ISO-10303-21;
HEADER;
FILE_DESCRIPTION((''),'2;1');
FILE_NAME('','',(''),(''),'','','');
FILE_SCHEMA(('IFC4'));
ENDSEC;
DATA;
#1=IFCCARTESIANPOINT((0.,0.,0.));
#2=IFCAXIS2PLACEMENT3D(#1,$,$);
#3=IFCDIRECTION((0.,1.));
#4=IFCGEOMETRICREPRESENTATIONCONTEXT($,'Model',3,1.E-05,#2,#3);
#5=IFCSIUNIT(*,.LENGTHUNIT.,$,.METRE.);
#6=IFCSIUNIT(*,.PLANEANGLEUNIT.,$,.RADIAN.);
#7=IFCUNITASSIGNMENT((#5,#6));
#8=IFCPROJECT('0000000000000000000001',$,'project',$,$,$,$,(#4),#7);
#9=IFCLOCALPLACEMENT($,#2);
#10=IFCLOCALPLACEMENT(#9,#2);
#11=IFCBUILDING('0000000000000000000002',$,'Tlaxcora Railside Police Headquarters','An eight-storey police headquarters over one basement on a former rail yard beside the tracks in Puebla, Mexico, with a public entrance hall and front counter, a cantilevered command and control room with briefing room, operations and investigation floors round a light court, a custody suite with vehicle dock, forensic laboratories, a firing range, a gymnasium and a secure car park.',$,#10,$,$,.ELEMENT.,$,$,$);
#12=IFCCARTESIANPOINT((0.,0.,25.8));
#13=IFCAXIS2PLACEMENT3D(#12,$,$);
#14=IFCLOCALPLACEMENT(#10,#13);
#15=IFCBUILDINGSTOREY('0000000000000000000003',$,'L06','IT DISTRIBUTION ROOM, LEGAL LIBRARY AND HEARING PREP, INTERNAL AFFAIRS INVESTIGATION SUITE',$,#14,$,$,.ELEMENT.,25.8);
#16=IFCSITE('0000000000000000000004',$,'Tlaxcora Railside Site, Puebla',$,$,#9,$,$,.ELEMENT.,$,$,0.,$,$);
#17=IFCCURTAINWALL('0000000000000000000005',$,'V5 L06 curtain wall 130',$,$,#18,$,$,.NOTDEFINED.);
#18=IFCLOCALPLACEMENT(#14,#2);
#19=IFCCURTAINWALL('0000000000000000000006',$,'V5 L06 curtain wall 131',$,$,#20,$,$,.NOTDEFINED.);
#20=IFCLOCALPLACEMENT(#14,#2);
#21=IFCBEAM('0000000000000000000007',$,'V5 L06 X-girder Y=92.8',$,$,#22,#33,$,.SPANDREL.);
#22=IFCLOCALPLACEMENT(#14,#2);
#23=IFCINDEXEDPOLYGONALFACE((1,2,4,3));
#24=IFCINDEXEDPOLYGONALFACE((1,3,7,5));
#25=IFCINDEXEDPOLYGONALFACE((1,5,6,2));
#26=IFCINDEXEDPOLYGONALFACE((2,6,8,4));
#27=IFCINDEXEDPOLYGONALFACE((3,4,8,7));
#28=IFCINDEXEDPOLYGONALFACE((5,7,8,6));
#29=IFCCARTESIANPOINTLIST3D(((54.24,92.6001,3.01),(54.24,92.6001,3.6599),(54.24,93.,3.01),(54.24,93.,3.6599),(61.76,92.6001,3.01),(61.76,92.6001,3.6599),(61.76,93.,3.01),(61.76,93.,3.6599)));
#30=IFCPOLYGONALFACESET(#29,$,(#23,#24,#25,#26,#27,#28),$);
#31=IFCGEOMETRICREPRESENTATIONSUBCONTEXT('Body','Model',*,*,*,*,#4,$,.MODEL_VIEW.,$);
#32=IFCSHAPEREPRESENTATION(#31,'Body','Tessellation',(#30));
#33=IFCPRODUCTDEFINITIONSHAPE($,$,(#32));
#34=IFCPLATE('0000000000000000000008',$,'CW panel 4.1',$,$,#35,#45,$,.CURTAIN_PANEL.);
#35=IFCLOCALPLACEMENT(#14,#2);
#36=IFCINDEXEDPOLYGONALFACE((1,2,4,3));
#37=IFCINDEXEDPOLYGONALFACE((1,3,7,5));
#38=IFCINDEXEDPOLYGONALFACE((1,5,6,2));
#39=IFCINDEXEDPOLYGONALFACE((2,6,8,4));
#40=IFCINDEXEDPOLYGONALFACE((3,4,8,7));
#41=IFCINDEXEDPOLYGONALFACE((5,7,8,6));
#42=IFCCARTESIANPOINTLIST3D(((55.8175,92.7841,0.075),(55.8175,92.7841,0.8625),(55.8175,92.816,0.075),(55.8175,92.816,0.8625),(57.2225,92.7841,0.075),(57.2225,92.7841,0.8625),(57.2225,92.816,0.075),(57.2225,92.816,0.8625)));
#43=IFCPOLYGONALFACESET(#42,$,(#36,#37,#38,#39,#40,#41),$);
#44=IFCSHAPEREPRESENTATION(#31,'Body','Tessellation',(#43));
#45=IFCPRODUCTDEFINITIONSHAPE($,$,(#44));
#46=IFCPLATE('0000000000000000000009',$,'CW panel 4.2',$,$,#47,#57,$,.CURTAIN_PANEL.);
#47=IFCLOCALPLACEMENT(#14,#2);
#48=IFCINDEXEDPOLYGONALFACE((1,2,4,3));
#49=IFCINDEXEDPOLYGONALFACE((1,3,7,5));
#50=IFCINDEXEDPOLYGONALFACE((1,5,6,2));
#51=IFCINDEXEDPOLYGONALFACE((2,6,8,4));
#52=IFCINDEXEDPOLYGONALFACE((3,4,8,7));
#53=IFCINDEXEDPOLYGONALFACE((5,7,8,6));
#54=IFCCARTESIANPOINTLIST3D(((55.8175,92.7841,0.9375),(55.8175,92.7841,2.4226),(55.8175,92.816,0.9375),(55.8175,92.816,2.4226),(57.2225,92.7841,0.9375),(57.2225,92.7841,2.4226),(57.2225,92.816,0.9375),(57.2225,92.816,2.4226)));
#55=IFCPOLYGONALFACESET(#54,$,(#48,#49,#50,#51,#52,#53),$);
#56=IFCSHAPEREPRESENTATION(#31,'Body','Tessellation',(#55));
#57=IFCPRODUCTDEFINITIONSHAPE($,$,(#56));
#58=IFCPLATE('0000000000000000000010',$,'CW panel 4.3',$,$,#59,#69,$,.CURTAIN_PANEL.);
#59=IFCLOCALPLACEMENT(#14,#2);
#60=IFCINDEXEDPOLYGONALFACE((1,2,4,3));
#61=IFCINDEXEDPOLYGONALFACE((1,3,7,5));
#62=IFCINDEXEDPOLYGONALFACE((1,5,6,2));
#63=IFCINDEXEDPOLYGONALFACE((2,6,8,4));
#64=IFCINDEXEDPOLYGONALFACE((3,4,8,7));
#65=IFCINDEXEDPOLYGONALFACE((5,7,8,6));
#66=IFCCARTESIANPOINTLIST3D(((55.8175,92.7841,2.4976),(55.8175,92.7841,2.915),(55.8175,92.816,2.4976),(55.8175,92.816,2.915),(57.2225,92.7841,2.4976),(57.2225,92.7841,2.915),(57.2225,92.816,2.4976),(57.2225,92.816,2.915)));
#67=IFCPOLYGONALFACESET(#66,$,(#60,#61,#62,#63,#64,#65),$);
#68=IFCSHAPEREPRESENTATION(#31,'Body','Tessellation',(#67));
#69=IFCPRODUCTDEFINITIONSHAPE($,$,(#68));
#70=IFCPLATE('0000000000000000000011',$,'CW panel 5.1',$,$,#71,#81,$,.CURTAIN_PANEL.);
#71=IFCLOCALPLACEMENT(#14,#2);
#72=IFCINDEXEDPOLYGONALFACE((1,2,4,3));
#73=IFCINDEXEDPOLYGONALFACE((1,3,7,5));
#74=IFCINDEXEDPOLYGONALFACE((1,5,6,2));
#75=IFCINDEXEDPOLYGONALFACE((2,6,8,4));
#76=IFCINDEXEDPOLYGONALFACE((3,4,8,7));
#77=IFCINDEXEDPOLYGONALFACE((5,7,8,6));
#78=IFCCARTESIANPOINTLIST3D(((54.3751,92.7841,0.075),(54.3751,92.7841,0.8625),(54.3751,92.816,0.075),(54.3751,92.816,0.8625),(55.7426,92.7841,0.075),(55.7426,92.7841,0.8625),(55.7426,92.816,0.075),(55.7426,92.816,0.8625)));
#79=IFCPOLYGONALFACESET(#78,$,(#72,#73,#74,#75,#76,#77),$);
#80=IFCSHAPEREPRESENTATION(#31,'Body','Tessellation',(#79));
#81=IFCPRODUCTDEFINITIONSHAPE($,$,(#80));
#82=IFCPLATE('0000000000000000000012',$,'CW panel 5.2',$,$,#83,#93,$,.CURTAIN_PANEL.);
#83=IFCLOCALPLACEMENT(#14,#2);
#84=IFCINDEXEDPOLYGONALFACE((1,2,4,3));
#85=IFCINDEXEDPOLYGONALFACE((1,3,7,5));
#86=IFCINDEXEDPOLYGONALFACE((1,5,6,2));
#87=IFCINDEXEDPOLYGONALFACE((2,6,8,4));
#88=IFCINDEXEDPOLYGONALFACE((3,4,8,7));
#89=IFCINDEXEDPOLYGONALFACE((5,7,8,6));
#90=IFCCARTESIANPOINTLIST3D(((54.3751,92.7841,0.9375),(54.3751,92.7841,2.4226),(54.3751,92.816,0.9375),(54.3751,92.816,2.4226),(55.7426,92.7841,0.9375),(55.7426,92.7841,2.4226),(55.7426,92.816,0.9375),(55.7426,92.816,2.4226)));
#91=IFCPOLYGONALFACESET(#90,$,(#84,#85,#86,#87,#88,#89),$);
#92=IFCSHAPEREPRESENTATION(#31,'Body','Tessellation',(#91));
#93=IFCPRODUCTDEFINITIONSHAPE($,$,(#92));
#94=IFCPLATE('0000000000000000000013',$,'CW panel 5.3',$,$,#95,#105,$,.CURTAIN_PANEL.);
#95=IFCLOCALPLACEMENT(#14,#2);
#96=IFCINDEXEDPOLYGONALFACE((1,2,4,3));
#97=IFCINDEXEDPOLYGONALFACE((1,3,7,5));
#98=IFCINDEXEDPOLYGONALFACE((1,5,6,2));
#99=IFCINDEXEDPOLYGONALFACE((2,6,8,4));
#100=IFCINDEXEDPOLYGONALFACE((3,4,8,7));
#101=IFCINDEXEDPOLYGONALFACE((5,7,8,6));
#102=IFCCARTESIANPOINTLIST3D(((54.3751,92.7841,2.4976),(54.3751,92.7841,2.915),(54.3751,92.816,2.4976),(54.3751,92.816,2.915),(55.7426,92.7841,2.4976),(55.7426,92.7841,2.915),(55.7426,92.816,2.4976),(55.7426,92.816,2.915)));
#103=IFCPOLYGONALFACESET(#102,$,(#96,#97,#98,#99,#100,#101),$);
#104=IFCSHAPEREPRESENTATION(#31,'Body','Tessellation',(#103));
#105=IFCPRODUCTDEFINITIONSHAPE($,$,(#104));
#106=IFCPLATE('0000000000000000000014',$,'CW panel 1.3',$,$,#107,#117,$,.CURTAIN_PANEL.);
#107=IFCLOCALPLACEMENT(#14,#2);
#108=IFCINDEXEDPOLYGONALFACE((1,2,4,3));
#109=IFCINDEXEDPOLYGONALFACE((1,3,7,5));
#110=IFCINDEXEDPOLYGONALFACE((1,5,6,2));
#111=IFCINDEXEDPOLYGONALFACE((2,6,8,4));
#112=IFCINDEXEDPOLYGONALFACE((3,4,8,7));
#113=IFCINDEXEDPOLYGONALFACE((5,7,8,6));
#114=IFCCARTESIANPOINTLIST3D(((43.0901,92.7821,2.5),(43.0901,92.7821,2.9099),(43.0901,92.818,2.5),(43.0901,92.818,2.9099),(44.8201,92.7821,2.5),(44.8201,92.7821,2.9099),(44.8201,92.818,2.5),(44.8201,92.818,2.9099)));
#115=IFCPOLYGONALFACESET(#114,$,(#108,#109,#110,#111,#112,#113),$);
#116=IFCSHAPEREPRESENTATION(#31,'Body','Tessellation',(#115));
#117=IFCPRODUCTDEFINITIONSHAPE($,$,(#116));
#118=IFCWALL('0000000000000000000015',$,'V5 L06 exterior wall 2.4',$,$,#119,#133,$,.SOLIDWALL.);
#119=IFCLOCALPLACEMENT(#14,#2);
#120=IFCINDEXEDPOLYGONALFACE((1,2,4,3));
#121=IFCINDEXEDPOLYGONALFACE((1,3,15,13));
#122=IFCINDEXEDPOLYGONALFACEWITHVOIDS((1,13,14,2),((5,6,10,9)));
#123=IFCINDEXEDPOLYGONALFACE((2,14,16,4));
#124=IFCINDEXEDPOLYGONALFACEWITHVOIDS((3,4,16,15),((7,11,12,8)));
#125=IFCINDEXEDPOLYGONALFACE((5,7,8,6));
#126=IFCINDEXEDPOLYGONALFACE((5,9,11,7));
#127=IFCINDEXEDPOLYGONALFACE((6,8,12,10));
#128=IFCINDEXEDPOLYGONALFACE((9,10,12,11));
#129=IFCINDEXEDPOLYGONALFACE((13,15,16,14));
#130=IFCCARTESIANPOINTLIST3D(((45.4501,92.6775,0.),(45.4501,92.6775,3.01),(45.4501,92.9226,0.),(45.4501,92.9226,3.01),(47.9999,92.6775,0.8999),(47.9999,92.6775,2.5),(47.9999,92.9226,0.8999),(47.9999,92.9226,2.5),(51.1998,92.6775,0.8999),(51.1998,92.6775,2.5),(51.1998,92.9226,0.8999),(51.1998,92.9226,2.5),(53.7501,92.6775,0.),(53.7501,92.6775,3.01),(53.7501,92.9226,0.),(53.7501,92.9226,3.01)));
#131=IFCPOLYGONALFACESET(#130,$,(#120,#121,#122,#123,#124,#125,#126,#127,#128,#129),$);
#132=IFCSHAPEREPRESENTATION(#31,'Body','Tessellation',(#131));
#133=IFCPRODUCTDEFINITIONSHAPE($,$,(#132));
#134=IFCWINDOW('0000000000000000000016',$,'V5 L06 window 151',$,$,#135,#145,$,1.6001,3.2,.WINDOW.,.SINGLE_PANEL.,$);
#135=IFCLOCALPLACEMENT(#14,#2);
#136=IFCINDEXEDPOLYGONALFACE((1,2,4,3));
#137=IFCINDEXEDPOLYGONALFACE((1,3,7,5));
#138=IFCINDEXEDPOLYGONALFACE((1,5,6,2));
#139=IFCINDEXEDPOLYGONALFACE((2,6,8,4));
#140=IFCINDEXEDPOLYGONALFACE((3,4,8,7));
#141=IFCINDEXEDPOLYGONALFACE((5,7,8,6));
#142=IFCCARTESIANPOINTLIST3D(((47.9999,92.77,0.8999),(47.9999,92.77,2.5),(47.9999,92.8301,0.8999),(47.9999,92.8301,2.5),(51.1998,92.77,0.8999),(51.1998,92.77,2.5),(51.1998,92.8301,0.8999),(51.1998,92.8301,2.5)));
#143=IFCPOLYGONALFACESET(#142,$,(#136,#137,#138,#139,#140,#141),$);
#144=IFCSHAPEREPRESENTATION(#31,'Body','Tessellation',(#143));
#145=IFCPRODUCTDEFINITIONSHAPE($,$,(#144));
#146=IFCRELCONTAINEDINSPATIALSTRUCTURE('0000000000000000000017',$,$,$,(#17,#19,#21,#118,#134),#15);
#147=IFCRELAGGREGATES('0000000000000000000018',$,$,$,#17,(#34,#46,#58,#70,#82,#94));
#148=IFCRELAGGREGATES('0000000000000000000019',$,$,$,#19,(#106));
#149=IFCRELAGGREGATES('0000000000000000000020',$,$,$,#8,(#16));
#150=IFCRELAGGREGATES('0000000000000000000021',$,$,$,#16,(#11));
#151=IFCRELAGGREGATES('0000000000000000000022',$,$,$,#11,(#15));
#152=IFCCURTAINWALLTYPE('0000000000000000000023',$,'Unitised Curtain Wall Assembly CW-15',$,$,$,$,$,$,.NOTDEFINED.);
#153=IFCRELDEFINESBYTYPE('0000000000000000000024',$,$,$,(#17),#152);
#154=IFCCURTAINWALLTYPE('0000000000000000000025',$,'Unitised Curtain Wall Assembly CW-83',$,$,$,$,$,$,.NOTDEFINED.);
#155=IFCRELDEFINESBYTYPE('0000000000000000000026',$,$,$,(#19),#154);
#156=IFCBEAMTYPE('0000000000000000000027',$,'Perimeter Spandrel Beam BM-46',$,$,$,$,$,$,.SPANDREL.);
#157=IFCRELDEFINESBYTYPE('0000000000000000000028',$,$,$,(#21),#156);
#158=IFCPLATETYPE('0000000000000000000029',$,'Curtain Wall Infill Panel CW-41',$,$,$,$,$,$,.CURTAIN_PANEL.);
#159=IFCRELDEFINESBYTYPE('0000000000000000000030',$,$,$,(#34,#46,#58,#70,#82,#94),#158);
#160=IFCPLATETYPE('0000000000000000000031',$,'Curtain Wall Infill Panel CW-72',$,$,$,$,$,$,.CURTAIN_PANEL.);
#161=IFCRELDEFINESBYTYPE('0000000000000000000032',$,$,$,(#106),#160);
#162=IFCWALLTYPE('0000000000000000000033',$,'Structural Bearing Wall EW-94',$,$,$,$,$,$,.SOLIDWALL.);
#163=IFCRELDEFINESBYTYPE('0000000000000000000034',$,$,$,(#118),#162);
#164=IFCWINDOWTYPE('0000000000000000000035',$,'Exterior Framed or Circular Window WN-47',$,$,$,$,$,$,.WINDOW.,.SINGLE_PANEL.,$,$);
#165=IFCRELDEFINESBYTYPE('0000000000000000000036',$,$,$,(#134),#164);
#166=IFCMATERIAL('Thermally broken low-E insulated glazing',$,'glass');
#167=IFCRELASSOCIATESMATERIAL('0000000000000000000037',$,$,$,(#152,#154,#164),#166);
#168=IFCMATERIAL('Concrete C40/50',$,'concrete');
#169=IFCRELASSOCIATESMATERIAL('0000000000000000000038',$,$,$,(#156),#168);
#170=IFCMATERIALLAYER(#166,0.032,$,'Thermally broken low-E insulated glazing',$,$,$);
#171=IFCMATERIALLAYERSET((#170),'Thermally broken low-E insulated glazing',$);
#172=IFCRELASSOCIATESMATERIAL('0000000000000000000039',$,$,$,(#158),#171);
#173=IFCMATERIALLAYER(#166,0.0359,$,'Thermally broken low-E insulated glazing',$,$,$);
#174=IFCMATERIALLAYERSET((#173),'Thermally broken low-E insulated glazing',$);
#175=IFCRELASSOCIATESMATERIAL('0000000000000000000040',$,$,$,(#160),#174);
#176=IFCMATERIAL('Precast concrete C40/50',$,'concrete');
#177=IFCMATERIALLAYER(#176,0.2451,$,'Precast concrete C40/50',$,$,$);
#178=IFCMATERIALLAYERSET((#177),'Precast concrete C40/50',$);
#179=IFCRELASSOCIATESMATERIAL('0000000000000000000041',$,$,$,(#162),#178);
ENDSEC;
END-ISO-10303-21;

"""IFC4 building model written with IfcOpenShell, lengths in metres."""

from ifc_helpers import new_model, si_unit, direction, frame, frame_2d, origin, origin_2d, place, context, subcontext, project, spatial, rectangle, extrude, material, layer, layer_set, material_profile, profile_set, type_object, element, fill, aggregate, save


model = new_model("IFC4")

# Units and contexts
model_context = context("Model", 3, precision=1e-05, world=origin(), true_north=direction((0.0, 1.0)))
body_context = subcontext(model_context, "Body", "Model", "MODEL_VIEW")
ifc_project = project(units=[si_unit("LENGTHUNIT", "METRE"), si_unit("PLANEANGLEUNIT", "RADIAN")], contexts=[model_context])

# Site, building, storey
site_placement = place(None, origin())
site = spatial("IfcSite", under=ifc_project, at=site_placement, Name="Tlaxcora Railside Site, Puebla", CompositionType="ELEMENT", RefElevation=0.0)
building_placement = place(site_placement, origin())
building = spatial("IfcBuilding", under=site, at=building_placement, Name="Tlaxcora Railside Police Headquarters", Description="An eight-storey police headquarters over one basement on a former rail yard beside the tracks in Puebla, Mexico, with a public entrance hall and front counter, a cantilevered command and control room with briefing room, operations and investigation floors round a light court, a custody suite with vehicle dock, forensic laboratories, a firing range, a gymnasium and a secure car park.", CompositionType="ELEMENT")
storey_placement = place(building_placement, frame((0.0, 0.0, 25.8)))
storey = spatial("IfcBuildingStorey", under=building, at=storey_placement, Name="L06", Description="IT DISTRIBUTION ROOM, LEGAL LIBRARY AND HEARING PREP, INTERNAL AFFAIRS INVESTIGATION SUITE", CompositionType="ELEMENT", Elevation=25.8)

# Shared definitions
ifc_material_1 = material(Name="Concrete C40/50", Category="concrete")

# Curtain wall
ifc_material_2 = material(Name="Thermally broken low-E insulated glazing", Category="glass")
curtain_wall_type_1 = type_object("IfcCurtainWallType", Name="Unitised Curtain Wall Assembly CW-15", PredefinedType="NOTDEFINED", material=ifc_material_2)
curtain_wall_1_placement = place(storey_placement, origin())
curtain_wall_1 = element("IfcCurtainWall", 1, at=curtain_wall_1_placement, inside=storey, type_object=curtain_wall_type_1, Name="V5 L06 curtain wall 130", PredefinedType="NOTDEFINED")

# Curtain wall
curtain_wall_type_2 = type_object("IfcCurtainWallType", Name="Unitised Curtain Wall Assembly CW-83", PredefinedType="NOTDEFINED", material=ifc_material_2)
curtain_wall_2_placement = place(storey_placement, origin())
curtain_wall_2 = element("IfcCurtainWall", 2, at=curtain_wall_2_placement, inside=storey, type_object=curtain_wall_type_2, Name="V5 L06 curtain wall 131", PredefinedType="NOTDEFINED")

# Beam
ifc_material_profile_1 = material_profile(ifc_material_1, rectangle(XDim=0.3999, YDim=0.6499, at=origin_2d()), Name="RC400X650")
ifc_profile_set_1 = profile_set([ifc_material_profile_1], Name="Concrete C40/50")
beam_type = type_object("IfcBeamType", Name="Perimeter Spandrel Beam BM-46", PredefinedType="SPANDREL", material=ifc_profile_set_1)
beam_1_placement = place(storey_placement, frame((54.24, 92.8, 3.335), z_axis=(1.0, 0.0, 0.0), x_axis=(0.0, 1.0, 0.0)))
element("IfcBeam", 3, at=beam_1_placement, inside=storey, type_object=beam_type, Name="V5 L06 X-girder Y=92.8", PredefinedType="SPANDREL", context=body_context, shape_type="SweptSolid", body=[
    extrude(rectangle(XDim=0.3999, YDim=0.6499, at=origin_2d()), origin(), (0.0, 0.0, 1.0), 7.52),
])

# Plates
ifc_layer_1 = layer(ifc_material_2, 0.032, Name="Thermally broken low-E insulated glazing")
ifc_layer_set_1 = layer_set([ifc_layer_1], Name="Thermally broken low-E insulated glazing")
plate_type_1 = type_object("IfcPlateType", Name="Curtain Wall Infill Panel CW-41", PredefinedType="CURTAIN_PANEL", material=ifc_layer_set_1)
plate_1_placement = place(storey_placement, frame((56.52, 92.8, 0.075), z_axis=(0.0, 0.0, 1.0), x_axis=(-1.0, 0.0, 0.0)))
plate_1 = element("IfcPlate", 4, at=plate_1_placement, type_object=plate_type_1, Name="CW panel 4.1", PredefinedType="CURTAIN_PANEL", context=body_context, shape_type="SweptSolid", body=[
    extrude(rectangle(XDim=1.405, YDim=0.032, at=origin_2d()), origin(), (0.0, 0.0, 1.0), 0.7876),
])
plate_2_placement = place(storey_placement, frame((56.52, 92.8, 0.9375), z_axis=(0.0, 0.0, 1.0), x_axis=(-1.0, 0.0, 0.0)))
plate_2 = element("IfcPlate", 5, at=plate_2_placement, type_object=plate_type_1, Name="CW panel 4.2", PredefinedType="CURTAIN_PANEL", context=body_context, shape_type="SweptSolid", body=[
    extrude(rectangle(XDim=1.405, YDim=0.032, at=origin_2d()), origin(), (0.0, 0.0, 1.0), 1.4851),
])
plate_3_placement = place(storey_placement, frame((56.52, 92.8, 2.4976), z_axis=(0.0, 0.0, 1.0), x_axis=(-1.0, 0.0, 0.0)))
plate_3 = element("IfcPlate", 6, at=plate_3_placement, type_object=plate_type_1, Name="CW panel 4.3", PredefinedType="CURTAIN_PANEL", context=body_context, shape_type="SweptSolid", body=[
    extrude(rectangle(XDim=1.405, YDim=0.032, at=origin_2d()), origin(), (0.0, 0.0, 1.0), 0.4175),
])
plate_4_placement = place(storey_placement, frame((55.0588, 92.8, 0.075), z_axis=(0.0, 0.0, 1.0), x_axis=(-1.0, 0.0, 0.0)))
plate_4 = element("IfcPlate", 7, at=plate_4_placement, type_object=plate_type_1, Name="CW panel 5.1", PredefinedType="CURTAIN_PANEL", context=body_context, shape_type="SweptSolid", body=[
    extrude(rectangle(XDim=1.3674, YDim=0.032, at=origin_2d()), origin(), (0.0, 0.0, 1.0), 0.7876),
])
plate_5_placement = place(storey_placement, frame((55.0588, 92.8, 0.9375), z_axis=(0.0, 0.0, 1.0), x_axis=(-1.0, 0.0, 0.0)))
plate_5 = element("IfcPlate", 8, at=plate_5_placement, type_object=plate_type_1, Name="CW panel 5.2", PredefinedType="CURTAIN_PANEL", context=body_context, shape_type="SweptSolid", body=[
    extrude(rectangle(XDim=1.3674, YDim=0.032, at=origin_2d()), origin(), (0.0, 0.0, 1.0), 1.4851),
])
plate_6_placement = place(storey_placement, frame((55.0588, 92.8, 2.4976), z_axis=(0.0, 0.0, 1.0), x_axis=(-1.0, 0.0, 0.0)))
plate_6 = element("IfcPlate", 9, at=plate_6_placement, type_object=plate_type_1, Name="CW panel 5.3", PredefinedType="CURTAIN_PANEL", context=body_context, shape_type="SweptSolid", body=[
    extrude(rectangle(XDim=1.3674, YDim=0.032, at=origin_2d()), origin(), (0.0, 0.0, 1.0), 0.4175),
])
aggregate(curtain_wall_1, [plate_1, plate_2, plate_3, plate_4, plate_5, plate_6])
ifc_layer_2 = layer(ifc_material_2, 0.0359, Name="Thermally broken low-E insulated glazing")
ifc_layer_set_2 = layer_set([ifc_layer_2], Name="Thermally broken low-E insulated glazing")
plate_type_2 = type_object("IfcPlateType", Name="Curtain Wall Infill Panel CW-72", PredefinedType="CURTAIN_PANEL", material=ifc_layer_set_2)
plate_7_placement = place(storey_placement, frame((43.9551, 92.8, 2.5), z_axis=(0.0, 0.0, 1.0), x_axis=(-1.0, 0.0, 0.0)))
plate_7 = element("IfcPlate", 10, at=plate_7_placement, type_object=plate_type_2, Name="CW panel 1.3", PredefinedType="CURTAIN_PANEL", context=body_context, shape_type="SweptSolid", body=[
    extrude(rectangle(XDim=1.73, YDim=0.0359, at=origin_2d()), origin(), (0.0, 0.0, 1.0), 0.4099),
])
aggregate(curtain_wall_2, [plate_7])

# Wall, opening, window
ifc_material_3 = material(Name="Precast concrete C40/50", Category="concrete")
ifc_layer_3 = layer(ifc_material_3, 0.2451, Name="Precast concrete C40/50")
ifc_layer_set_3 = layer_set([ifc_layer_3], Name="Precast concrete C40/50")
wall_type = type_object("IfcWallType", Name="Structural Bearing Wall EW-94", PredefinedType="SOLIDWALL", material=ifc_layer_set_3)
wall_placement = place(storey_placement, frame((53.75, 92.8, 0.0), z_axis=(0.0, 0.0, 1.0), x_axis=(-1.0, 0.0, 0.0)))
wall = element("IfcWall", 11, at=wall_placement, inside=storey, type_object=wall_type, Name="V5 L06 exterior wall 2.4", PredefinedType="SOLIDWALL", context=body_context, shape_type="SweptSolid", body=[
    extrude(rectangle(XDim=8.3, YDim=0.2451, at=frame_2d((4.1499, 0.0))), origin(), (0.0, 0.0, 1.0), 3.01),
])
opening_placement = place(wall_placement, frame((2.55, 0.0, 0.8999)))
opening = element("IfcOpeningElement", 12, at=opening_placement, cuts=wall, PredefinedType="OPENING", context=body_context, shape_type="SweptSolid", body=[
    extrude(rectangle(XDim=3.2, YDim=1.6001, at=frame_2d((1.6001, 0.8))), frame((0.0, 0.1326, 0.0), z_axis=(0.0, -1.0, 0.0), x_axis=(1.0, 0.0, 0.0)), (0.0, 0.0, 1.0), 0.2651),
])
window_type = type_object("IfcWindowType", Name="Exterior Framed or Circular Window WN-47", PartitioningType="SINGLE_PANEL", PredefinedType="WINDOW", material=ifc_material_2)
window_placement = place(opening_placement, origin())
window = element("IfcWindow", 13, at=window_placement, inside=storey, type_object=window_type, Name="V5 L06 window 151", OverallHeight=1.6001, OverallWidth=3.2, PartitioningType="SINGLE_PANEL", PredefinedType="WINDOW", context=body_context, shape_type="SweptSolid", body=[
    extrude(rectangle(XDim=3.2, YDim=1.6001, at=frame_2d((1.6001, 0.8))), frame((0.0, 0.03, 0.0), z_axis=(0.0, -1.0, 0.0), x_axis=(1.0, 0.0, 0.0)), (0.0, 0.0, 1.0), 0.0601),
])
fill(opening, window)

save(model, "model.ifc")
